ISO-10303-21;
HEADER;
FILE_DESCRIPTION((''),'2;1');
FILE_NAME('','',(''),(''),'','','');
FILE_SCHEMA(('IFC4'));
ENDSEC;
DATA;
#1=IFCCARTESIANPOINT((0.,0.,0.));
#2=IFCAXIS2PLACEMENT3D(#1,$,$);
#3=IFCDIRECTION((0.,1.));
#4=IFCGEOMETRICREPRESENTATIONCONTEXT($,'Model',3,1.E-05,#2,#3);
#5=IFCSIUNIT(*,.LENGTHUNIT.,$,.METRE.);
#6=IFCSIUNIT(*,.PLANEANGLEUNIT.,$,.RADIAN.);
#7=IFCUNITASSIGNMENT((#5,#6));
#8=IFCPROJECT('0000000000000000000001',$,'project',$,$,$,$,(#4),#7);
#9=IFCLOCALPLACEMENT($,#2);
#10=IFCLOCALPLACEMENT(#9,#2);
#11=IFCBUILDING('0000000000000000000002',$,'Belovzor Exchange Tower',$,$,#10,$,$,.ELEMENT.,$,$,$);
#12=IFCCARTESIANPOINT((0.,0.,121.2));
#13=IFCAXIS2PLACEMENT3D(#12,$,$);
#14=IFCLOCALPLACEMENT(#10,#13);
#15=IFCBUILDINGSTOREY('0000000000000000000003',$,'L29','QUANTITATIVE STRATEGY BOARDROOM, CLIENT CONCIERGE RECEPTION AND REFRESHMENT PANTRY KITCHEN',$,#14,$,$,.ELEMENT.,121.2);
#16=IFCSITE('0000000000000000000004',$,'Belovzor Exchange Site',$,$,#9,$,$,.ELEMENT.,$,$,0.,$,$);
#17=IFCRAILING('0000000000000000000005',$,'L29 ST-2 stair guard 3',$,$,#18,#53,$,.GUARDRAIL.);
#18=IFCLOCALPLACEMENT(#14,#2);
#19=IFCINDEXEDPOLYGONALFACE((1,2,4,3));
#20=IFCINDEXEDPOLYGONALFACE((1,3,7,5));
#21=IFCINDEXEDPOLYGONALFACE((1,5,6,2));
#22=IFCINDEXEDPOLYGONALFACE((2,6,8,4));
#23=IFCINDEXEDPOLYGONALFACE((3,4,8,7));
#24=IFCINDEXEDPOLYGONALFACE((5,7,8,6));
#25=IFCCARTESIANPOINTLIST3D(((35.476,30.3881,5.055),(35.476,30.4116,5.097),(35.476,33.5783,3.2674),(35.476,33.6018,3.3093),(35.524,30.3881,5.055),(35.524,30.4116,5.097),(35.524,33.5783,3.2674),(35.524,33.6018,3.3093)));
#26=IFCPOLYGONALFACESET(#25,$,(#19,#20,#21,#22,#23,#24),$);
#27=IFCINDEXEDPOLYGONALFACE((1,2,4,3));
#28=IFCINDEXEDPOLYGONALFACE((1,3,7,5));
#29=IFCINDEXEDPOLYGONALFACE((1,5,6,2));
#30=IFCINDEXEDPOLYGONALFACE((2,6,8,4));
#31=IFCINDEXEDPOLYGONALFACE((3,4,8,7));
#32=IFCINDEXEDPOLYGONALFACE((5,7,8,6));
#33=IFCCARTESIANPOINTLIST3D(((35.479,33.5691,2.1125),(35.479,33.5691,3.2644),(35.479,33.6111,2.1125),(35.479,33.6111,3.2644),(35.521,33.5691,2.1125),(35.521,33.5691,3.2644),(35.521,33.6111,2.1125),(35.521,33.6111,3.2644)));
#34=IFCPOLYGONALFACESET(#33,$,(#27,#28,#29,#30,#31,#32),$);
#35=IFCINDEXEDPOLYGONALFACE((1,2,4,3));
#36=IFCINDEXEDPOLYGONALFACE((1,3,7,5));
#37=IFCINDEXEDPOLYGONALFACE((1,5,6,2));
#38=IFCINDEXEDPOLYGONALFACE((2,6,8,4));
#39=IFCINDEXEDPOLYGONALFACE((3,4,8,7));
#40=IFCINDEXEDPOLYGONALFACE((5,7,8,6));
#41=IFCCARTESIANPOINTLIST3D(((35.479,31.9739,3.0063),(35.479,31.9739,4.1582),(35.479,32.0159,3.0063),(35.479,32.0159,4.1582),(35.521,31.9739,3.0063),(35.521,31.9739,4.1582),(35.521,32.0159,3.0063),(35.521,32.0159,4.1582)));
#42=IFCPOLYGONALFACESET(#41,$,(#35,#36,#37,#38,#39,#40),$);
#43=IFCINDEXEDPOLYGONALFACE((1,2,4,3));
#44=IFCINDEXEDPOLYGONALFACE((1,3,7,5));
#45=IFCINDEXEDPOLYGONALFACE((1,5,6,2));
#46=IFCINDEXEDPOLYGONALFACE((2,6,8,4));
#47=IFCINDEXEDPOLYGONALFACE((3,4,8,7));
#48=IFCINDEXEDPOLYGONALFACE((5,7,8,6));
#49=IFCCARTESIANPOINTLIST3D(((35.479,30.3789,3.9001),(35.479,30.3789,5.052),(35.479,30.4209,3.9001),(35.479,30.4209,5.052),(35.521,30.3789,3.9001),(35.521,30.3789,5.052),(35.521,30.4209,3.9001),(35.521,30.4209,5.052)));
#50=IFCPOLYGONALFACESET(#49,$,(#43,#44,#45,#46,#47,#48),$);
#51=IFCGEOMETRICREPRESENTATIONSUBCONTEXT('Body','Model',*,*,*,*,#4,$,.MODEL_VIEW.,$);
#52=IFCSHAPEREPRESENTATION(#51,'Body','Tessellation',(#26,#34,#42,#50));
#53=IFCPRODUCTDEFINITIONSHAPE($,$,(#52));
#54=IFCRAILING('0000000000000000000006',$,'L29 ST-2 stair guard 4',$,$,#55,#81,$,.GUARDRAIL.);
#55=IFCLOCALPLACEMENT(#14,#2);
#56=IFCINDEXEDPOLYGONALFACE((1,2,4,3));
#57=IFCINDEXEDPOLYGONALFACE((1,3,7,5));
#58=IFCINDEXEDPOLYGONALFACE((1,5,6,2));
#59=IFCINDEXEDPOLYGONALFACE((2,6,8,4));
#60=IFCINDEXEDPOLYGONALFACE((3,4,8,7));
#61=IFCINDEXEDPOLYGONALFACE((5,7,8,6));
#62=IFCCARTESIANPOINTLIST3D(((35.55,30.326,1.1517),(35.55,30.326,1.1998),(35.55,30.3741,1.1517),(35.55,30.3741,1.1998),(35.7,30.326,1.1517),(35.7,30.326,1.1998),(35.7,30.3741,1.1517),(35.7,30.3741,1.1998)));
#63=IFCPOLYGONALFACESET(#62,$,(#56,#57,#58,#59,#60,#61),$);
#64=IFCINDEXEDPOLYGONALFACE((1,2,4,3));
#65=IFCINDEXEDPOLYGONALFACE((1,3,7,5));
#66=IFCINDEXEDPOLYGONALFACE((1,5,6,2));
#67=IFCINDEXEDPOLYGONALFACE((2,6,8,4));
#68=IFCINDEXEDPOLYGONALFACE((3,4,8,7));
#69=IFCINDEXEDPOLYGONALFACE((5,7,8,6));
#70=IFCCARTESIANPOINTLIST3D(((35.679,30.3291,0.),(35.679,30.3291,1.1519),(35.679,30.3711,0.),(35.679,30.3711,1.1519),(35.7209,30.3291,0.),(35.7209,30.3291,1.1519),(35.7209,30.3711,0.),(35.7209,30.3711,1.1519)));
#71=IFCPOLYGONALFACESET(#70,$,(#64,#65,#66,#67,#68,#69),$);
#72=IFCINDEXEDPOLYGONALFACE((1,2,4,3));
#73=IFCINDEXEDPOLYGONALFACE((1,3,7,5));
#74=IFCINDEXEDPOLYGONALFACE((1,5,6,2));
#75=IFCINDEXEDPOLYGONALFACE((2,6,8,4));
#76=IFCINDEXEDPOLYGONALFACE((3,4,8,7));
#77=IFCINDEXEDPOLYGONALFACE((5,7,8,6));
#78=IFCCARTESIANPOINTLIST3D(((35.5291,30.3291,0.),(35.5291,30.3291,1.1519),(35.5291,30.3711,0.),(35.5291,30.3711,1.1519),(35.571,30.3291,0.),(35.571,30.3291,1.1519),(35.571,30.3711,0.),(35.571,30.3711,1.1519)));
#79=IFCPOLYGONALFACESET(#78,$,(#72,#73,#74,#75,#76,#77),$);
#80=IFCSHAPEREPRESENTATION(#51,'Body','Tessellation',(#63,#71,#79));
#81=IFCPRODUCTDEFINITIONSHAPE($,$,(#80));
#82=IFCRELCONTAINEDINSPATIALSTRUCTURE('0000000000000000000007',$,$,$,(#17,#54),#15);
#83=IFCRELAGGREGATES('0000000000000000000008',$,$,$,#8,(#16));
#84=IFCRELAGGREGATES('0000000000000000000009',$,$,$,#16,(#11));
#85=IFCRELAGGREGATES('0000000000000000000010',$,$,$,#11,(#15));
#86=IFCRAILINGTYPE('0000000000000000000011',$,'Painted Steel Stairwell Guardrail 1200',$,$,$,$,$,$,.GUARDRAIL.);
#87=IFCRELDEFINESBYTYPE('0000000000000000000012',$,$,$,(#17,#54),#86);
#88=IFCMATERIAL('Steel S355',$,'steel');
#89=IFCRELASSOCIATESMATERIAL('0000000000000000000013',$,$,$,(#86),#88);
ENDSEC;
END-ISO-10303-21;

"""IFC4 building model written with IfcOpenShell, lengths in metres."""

from ifc_helpers import new_model, si_unit, direction, frame, origin, origin_2d, place, context, subcontext, project, spatial, rectangle, extrude, material, type_object, element, save


model = new_model("IFC4")

# Units and contexts
model_context = context("Model", 3, precision=1e-05, world=origin(), true_north=direction((0.0, 1.0)))
body_context = subcontext(model_context, "Body", "Model", "MODEL_VIEW")
ifc_project = project(units=[si_unit("LENGTHUNIT", "METRE"), si_unit("PLANEANGLEUNIT", "RADIAN")], contexts=[model_context])

# Site, building, storey
site_placement = place(None, origin())
site = spatial("IfcSite", under=ifc_project, at=site_placement, Name="Belovzor Exchange Site", CompositionType="ELEMENT", RefElevation=0.0)
building_placement = place(site_placement, origin())
building = spatial("IfcBuilding", under=site, at=building_placement, Name="Belovzor Exchange Tower", CompositionType="ELEMENT")
storey_placement = place(building_placement, frame((0.0, 0.0, 121.2)))
storey = spatial("IfcBuildingStorey", under=building, at=storey_placement, Name="L29", Description="QUANTITATIVE STRATEGY BOARDROOM, CLIENT CONCIERGE RECEPTION AND REFRESHMENT PANTRY KITCHEN", CompositionType="ELEMENT", Elevation=121.2)

# Railings
ifc_material_1 = material(Name="Steel S355", Category="steel")
railing_type_1 = type_object("IfcRailingType", Name="Painted Steel Stairwell Guardrail 1200", PredefinedType="GUARDRAIL", material=ifc_material_1)
railing_1_placement = place(storey_placement, frame((35.5, 33.5901, 2.1125)))
element("IfcRailing", 1, at=railing_1_placement, inside=storey, type_object=railing_type_1, Name="L29 ST-2 stair guard 3", PredefinedType="GUARDRAIL", context=body_context, shape_type="SweptSolid", body=[
    extrude(rectangle(XDim=0.0481, YDim=0.0481, at=origin_2d()), frame((0.0, 0.0, 1.1758), z_axis=(0.0, -0.872378, 0.488831), x_axis=(1.0, 0.0, 0.0)), (0.0, 0.0, 1.0), 3.657),
    extrude(rectangle(XDim=0.042, YDim=0.042, at=origin_2d()), origin(), (0.0, 0.0, 1.0), 1.1519),
    extrude(rectangle(XDim=0.042, YDim=0.042, at=origin_2d()), frame((0.0, -1.5952, 0.8938)), (0.0, 0.0, 1.0), 1.1519),
    extrude(rectangle(XDim=0.042, YDim=0.042, at=origin_2d()), frame((0.0, -3.1902, 1.7876)), (0.0, 0.0, 1.0), 1.1519),
])
railing_2_placement = place(storey_placement, frame((35.7, 30.3501, 0.0)))
element("IfcRailing", 2, at=railing_2_placement, inside=storey, type_object=railing_type_1, Name="L29 ST-2 stair guard 4", PredefinedType="GUARDRAIL", context=body_context, shape_type="SweptSolid", body=[
    extrude(rectangle(XDim=0.0481, YDim=0.0481, at=origin_2d()), frame((0.0, 0.0, 1.1758), z_axis=(-1.0, 0.0, 0.0), x_axis=(0.0, -1.0, 0.0)), (0.0, 0.0, 1.0), 0.1499),
    extrude(rectangle(XDim=0.042, YDim=0.042, at=origin_2d()), origin(), (0.0, 0.0, 1.0), 1.1519),
    extrude(rectangle(XDim=0.042, YDim=0.042, at=origin_2d()), frame((-0.1499, 0.0, 0.0)), (0.0, 0.0, 1.0), 1.1519),
])

save(model, "model.ifc")
